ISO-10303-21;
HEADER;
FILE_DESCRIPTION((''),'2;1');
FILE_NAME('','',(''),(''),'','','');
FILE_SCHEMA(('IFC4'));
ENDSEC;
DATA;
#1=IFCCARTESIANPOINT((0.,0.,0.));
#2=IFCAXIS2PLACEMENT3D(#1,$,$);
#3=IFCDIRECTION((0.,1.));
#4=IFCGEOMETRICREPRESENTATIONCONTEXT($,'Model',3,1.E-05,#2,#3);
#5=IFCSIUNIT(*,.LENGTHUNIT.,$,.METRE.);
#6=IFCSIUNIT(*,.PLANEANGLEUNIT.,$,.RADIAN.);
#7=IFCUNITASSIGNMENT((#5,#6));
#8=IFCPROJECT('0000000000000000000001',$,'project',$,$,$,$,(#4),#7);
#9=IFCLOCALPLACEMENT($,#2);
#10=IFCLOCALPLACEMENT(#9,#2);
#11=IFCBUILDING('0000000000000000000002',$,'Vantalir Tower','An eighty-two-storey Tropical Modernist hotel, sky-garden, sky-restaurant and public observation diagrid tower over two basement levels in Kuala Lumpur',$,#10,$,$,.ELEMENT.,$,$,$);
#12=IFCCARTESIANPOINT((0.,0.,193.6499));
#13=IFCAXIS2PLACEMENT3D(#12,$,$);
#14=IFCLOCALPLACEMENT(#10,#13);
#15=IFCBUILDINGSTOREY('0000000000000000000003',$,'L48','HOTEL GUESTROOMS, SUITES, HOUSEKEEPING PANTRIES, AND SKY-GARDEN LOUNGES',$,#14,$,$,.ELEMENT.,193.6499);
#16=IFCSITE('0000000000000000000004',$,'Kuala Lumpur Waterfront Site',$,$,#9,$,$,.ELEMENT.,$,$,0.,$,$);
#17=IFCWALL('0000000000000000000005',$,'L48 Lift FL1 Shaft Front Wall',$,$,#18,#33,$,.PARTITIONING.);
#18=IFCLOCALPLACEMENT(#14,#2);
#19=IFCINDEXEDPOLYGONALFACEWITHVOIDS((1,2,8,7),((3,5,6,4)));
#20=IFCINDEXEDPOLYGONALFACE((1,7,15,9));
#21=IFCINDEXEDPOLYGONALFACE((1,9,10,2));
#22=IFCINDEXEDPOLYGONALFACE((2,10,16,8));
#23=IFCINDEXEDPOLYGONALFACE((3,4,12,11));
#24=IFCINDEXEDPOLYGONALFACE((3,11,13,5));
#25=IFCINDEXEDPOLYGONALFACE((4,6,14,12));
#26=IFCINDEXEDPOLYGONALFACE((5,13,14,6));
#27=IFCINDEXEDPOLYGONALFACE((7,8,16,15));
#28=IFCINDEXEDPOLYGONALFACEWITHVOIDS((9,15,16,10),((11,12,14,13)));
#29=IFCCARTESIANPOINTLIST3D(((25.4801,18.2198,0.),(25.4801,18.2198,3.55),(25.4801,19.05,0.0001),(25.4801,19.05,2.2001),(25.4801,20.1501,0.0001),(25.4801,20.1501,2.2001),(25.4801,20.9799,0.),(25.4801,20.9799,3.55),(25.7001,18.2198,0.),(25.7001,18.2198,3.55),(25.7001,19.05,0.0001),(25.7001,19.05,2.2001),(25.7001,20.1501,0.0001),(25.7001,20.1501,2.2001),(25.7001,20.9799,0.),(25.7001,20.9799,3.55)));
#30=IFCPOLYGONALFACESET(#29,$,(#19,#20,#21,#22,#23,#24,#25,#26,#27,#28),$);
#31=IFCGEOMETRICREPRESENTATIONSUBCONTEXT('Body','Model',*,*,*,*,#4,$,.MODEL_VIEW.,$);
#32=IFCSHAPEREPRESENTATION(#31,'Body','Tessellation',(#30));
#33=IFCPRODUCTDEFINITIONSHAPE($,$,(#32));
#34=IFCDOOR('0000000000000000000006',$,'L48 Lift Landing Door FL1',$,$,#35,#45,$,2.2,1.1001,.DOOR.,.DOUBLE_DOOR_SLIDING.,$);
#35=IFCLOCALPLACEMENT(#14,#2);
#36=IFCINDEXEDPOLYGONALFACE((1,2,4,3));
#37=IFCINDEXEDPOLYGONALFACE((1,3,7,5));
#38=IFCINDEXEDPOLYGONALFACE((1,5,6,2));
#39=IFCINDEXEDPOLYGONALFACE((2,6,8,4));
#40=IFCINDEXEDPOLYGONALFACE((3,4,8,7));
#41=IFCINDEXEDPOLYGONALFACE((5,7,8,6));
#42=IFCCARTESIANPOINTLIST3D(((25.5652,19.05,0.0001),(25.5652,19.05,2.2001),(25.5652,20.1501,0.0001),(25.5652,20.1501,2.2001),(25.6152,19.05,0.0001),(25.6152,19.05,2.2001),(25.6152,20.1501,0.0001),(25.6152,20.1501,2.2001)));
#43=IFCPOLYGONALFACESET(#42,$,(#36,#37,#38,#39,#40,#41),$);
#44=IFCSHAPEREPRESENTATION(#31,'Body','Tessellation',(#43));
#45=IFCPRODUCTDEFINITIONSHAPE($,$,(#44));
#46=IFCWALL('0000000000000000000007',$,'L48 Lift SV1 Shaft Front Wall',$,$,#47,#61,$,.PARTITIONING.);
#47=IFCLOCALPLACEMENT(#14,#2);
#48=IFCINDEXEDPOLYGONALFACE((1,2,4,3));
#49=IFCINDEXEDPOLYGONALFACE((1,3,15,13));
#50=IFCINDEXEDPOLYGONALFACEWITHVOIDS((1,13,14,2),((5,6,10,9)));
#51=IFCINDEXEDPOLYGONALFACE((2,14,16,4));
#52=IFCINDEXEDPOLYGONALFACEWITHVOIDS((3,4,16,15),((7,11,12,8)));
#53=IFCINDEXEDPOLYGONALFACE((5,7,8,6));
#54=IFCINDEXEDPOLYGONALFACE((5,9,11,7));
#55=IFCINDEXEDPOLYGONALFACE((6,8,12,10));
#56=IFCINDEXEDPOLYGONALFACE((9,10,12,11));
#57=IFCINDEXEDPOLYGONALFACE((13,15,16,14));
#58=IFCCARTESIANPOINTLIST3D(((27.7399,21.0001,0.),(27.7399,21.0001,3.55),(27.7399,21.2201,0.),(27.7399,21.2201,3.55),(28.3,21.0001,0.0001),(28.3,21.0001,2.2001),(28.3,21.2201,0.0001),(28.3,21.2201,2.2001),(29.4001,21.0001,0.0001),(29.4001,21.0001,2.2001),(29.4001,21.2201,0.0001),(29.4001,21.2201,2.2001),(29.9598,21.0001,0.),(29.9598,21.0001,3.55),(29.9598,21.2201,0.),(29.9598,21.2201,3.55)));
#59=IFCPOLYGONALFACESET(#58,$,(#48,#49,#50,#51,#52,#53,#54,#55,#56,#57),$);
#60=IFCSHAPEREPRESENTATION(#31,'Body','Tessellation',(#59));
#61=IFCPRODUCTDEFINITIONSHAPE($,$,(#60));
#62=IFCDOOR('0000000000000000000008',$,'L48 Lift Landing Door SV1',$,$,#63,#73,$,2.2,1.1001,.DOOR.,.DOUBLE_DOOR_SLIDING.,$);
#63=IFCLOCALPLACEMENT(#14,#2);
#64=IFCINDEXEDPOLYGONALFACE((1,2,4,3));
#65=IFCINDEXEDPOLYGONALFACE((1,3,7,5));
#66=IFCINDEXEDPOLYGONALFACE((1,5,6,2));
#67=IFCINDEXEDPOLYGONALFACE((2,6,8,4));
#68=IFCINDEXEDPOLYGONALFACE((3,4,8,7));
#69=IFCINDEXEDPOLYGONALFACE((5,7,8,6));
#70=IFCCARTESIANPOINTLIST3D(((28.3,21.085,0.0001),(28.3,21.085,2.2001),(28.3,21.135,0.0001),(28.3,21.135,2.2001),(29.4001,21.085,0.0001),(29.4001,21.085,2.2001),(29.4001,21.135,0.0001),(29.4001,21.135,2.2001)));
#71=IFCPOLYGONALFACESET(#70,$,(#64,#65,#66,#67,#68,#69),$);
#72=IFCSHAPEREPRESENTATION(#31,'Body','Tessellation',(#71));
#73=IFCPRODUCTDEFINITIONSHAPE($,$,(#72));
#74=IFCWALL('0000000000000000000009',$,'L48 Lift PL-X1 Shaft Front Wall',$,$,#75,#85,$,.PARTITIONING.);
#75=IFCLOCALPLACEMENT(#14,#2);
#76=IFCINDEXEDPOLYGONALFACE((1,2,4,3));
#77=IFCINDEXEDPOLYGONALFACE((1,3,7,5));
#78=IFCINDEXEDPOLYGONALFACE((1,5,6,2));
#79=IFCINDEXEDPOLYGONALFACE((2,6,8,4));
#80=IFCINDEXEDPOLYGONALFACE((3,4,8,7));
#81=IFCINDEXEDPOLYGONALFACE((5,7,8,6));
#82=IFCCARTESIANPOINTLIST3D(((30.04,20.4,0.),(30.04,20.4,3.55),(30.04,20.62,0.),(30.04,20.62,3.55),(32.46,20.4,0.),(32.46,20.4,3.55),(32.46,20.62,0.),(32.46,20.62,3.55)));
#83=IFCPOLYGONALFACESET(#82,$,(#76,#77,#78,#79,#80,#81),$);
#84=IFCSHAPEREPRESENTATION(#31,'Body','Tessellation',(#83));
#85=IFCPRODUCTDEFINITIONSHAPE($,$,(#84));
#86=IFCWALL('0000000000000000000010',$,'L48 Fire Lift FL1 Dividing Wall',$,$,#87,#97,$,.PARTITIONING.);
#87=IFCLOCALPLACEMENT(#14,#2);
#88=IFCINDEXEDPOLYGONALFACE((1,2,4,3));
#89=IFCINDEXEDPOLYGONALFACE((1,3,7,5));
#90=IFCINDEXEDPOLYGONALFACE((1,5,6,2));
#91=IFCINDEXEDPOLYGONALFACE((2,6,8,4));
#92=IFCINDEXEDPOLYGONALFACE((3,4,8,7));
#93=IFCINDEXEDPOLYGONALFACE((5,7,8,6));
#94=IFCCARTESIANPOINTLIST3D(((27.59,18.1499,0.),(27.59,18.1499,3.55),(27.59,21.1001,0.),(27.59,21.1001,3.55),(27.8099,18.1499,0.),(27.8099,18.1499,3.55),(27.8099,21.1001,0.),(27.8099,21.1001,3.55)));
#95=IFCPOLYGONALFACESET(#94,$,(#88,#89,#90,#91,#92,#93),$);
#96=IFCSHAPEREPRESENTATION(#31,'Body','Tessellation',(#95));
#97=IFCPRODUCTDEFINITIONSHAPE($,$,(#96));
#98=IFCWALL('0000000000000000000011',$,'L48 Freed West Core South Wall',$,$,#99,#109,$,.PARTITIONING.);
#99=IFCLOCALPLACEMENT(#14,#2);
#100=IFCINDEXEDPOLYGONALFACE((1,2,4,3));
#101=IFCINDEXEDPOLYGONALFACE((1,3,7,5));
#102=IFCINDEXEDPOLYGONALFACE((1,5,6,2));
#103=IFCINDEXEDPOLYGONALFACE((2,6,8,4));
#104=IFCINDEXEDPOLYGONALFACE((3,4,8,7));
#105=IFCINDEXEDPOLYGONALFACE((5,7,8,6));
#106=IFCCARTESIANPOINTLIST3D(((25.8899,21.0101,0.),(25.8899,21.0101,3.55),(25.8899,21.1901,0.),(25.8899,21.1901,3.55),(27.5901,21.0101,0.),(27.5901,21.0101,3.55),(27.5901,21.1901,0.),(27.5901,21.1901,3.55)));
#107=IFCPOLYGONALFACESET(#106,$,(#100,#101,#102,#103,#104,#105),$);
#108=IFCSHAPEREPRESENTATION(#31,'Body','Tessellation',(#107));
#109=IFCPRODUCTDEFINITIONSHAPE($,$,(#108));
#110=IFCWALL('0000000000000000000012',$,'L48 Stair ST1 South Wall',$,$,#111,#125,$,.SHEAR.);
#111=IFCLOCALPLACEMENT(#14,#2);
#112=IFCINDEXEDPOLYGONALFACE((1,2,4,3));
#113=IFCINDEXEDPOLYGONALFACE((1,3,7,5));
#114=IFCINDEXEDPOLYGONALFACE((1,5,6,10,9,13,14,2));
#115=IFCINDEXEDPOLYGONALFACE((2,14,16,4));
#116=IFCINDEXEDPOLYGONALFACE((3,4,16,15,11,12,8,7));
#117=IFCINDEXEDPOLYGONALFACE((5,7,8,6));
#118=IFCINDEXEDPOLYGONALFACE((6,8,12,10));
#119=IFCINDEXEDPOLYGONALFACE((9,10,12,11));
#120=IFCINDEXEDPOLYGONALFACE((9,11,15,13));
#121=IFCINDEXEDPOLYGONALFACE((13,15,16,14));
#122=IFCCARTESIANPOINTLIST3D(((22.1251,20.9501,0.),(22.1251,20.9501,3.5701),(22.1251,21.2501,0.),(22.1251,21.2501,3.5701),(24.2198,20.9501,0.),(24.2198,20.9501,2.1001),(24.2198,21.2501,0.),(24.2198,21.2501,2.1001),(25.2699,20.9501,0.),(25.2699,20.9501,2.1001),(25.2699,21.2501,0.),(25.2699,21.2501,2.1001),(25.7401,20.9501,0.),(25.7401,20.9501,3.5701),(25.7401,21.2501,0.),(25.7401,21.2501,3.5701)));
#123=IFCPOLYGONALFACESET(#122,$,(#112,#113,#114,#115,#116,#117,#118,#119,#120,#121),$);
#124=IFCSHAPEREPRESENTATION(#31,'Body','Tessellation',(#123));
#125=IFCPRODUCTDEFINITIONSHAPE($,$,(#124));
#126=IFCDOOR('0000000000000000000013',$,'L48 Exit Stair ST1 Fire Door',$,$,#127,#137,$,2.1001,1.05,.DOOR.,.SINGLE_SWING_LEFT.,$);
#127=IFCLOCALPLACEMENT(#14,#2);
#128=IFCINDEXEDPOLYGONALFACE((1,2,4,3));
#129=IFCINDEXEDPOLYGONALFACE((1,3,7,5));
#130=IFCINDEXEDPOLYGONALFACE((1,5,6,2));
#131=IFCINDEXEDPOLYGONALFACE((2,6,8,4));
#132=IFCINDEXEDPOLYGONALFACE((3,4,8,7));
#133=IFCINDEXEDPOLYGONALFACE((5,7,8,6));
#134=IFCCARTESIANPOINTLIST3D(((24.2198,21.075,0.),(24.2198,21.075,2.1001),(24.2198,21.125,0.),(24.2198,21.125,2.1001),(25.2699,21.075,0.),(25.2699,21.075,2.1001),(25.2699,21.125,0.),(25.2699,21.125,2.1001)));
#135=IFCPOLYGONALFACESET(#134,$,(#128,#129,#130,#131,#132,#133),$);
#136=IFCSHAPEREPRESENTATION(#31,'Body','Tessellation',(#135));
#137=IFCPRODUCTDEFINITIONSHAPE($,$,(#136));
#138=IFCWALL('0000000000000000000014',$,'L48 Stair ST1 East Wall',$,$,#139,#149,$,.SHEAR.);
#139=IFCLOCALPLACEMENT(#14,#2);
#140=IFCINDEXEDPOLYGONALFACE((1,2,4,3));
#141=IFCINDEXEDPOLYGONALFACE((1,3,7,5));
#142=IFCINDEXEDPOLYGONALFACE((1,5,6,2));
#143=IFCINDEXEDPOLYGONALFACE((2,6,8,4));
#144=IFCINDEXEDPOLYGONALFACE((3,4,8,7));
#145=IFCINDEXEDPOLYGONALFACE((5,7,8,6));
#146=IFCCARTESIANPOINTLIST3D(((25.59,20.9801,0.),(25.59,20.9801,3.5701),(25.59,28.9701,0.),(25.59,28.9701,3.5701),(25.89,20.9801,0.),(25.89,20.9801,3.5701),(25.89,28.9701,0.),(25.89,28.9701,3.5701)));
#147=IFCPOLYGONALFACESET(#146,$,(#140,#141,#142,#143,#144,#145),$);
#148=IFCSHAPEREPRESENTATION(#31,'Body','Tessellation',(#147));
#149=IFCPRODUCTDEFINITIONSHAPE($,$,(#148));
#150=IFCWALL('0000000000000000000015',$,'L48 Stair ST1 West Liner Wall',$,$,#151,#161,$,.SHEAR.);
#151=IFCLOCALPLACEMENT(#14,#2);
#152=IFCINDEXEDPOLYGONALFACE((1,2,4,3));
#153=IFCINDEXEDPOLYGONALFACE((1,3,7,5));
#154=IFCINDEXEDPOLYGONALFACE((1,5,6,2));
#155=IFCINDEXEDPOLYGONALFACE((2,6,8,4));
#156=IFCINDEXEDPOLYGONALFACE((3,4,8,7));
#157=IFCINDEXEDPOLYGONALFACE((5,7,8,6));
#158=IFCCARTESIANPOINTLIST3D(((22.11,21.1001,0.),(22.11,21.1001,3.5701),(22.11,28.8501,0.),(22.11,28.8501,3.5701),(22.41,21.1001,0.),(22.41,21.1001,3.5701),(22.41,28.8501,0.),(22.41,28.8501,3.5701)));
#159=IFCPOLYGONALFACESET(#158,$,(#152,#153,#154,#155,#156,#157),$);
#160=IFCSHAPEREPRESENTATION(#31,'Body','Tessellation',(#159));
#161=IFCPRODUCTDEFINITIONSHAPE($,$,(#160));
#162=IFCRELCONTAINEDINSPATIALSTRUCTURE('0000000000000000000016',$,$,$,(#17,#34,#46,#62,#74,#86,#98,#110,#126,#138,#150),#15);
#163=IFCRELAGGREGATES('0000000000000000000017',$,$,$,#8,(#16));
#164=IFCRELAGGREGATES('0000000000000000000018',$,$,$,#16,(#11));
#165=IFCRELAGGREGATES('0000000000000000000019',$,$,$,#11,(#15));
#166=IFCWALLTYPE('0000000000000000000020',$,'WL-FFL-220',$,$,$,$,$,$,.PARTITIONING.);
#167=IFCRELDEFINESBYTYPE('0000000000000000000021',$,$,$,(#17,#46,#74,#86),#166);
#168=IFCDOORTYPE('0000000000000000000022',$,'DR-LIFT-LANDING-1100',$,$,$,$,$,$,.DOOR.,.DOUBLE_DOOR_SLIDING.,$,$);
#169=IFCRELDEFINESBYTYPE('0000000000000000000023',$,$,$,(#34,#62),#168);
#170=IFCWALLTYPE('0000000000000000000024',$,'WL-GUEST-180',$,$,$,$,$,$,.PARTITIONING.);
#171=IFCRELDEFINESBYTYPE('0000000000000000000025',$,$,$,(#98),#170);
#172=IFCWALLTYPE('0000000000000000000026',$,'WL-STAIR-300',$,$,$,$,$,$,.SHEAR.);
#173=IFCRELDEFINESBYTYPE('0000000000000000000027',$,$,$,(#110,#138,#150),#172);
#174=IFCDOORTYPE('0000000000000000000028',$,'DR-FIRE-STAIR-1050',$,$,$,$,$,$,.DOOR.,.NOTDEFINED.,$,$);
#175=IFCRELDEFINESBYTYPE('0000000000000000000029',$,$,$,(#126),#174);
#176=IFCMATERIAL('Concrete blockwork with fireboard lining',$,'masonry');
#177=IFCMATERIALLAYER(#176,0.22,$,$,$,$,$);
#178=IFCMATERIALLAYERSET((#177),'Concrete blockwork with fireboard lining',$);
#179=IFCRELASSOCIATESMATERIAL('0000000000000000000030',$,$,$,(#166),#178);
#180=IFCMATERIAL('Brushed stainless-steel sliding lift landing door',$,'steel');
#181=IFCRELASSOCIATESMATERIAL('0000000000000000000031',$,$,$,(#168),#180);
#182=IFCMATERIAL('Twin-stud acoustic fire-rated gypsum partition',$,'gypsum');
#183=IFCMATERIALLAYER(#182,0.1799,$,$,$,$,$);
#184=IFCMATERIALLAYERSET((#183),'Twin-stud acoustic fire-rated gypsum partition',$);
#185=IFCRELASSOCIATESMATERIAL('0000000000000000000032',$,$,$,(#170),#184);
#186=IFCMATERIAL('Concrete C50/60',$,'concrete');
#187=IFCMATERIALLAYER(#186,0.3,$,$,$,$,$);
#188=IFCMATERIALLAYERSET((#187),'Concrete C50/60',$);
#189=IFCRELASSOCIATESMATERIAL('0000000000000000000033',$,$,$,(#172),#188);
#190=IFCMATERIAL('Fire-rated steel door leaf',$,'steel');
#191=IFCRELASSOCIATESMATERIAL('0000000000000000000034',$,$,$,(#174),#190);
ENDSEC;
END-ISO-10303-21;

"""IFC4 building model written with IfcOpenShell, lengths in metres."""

from ifc_helpers import new_model, si_unit, direction, frame, frame_2d, origin, place, context, subcontext, project, spatial, rectangle, extrude, material, layer, layer_set, type_object, element, fill, save


model = new_model("IFC4")

# Units and contexts
model_context = context("Model", 3, precision=1e-05, world=origin(), true_north=direction((0.0, 1.0)))
body_context = subcontext(model_context, "Body", "Model", "MODEL_VIEW")
ifc_project = project(units=[si_unit("LENGTHUNIT", "METRE"), si_unit("PLANEANGLEUNIT", "RADIAN")], contexts=[model_context])

# Site, building, storey
site_placement = place(None, origin())
site = spatial("IfcSite", under=ifc_project, at=site_placement, Name="Kuala Lumpur Waterfront Site", CompositionType="ELEMENT", RefElevation=0.0)
building_placement = place(site_placement, origin())
building = spatial("IfcBuilding", under=site, at=building_placement, Name="Vantalir Tower", Description="An eighty-two-storey Tropical Modernist hotel, sky-garden, sky-restaurant and public observation diagrid tower over two basement levels in Kuala Lumpur", CompositionType="ELEMENT")
storey_placement = place(building_placement, frame((0.0, 0.0, 193.6499)))
storey = spatial("IfcBuildingStorey", under=building, at=storey_placement, Name="L48", Description="HOTEL GUESTROOMS, SUITES, HOUSEKEEPING PANTRIES, AND SKY-GARDEN LOUNGES", CompositionType="ELEMENT", Elevation=193.6499)

# Shared definitions
ifc_material_1 = material(Name="Concrete C50/60", Category="concrete")

# Shared definitions
ifc_material_2 = material(Name="Concrete blockwork with fireboard lining", Category="masonry")
ifc_layer_1 = layer(ifc_material_2, 0.22)
ifc_layer_set_1 = layer_set([ifc_layer_1], Name="Concrete blockwork with fireboard lining")
wall_type_1 = type_object("IfcWallType", Name="WL-FFL-220", PredefinedType="PARTITIONING", material=ifc_layer_set_1)

# Walls, openings, doors
wall_1_placement = place(storey_placement, frame((25.5901, 18.22, 0.0), z_axis=(0.0, 0.0, 1.0), x_axis=(0.0, 1.0, 0.0)))
wall_1 = element("IfcWall", 1, at=wall_1_placement, inside=storey, type_object=wall_type_1, Name="L48 Lift FL1 Shaft Front Wall", PredefinedType="PARTITIONING", context=body_context, shape_type="SweptSolid", body=[
    extrude(rectangle(XDim=2.76, YDim=0.22, at=frame_2d((1.3799, 0.0))), origin(), (0.0, 0.0, 1.0), 3.55),
])
opening_1_placement = place(wall_1_placement, frame((0.8301, 0.0, 0.0)))
opening_1 = element("IfcOpeningElement", 2, at=opening_1_placement, cuts=wall_1, PredefinedType="OPENING", context=body_context, shape_type="SweptSolid", body=[
    extrude(rectangle(XDim=1.1001, YDim=2.2, at=frame_2d((0.55, 1.1001))), frame((0.0, 0.1199, 0.0), z_axis=(0.0, -1.0, 0.0), x_axis=(1.0, 0.0, 0.0)), (0.0, 0.0, 1.0), 0.24),
])
ifc_material_3 = material(Name="Brushed stainless-steel sliding lift landing door", Category="steel")
door_type_1 = type_object("IfcDoorType", Name="DR-LIFT-LANDING-1100", OperationType="DOUBLE_DOOR_SLIDING", PredefinedType="DOOR", material=ifc_material_3)
door_1_placement = place(opening_1_placement, origin())
door_1 = element("IfcDoor", 3, at=door_1_placement, inside=storey, type_object=door_type_1, Name="L48 Lift Landing Door FL1", OperationType="DOUBLE_DOOR_SLIDING", OverallHeight=2.2, OverallWidth=1.1001, PredefinedType="DOOR", context=body_context, shape_type="SweptSolid", body=[
    extrude(rectangle(XDim=1.1001, YDim=2.2, at=frame_2d((0.55, 1.1001))), frame((0.0, 0.0249, 0.0), z_axis=(0.0, -1.0, 0.0), x_axis=(1.0, 0.0, 0.0)), (0.0, 0.0, 1.0), 0.05),
])
fill(opening_1, door_1)
wall_2_placement = place(storey_placement, frame((27.74, 21.1101, 0.0), z_axis=(0.0, 0.0, 1.0), x_axis=(1.0, 0.0, 0.0)))
wall_2 = element("IfcWall", 4, at=wall_2_placement, inside=storey, type_object=wall_type_1, Name="L48 Lift SV1 Shaft Front Wall", PredefinedType="PARTITIONING", context=body_context, shape_type="SweptSolid", body=[
    extrude(rectangle(XDim=2.22, YDim=0.22, at=frame_2d((1.1099, 0.0))), origin(), (0.0, 0.0, 1.0), 3.55),
])
opening_2_placement = place(wall_2_placement, frame((0.5601, 0.0, 0.0)))
opening_2 = element("IfcOpeningElement", 5, at=opening_2_placement, cuts=wall_2, PredefinedType="OPENING", context=body_context, shape_type="SweptSolid", body=[
    extrude(rectangle(XDim=1.1001, YDim=2.2, at=frame_2d((0.55, 1.1001))), frame((0.0, 0.1199, 0.0), z_axis=(0.0, -1.0, 0.0), x_axis=(1.0, 0.0, 0.0)), (0.0, 0.0, 1.0), 0.24),
])
door_2_placement = place(opening_2_placement, origin())
door_2 = element("IfcDoor", 6, at=door_2_placement, inside=storey, type_object=door_type_1, Name="L48 Lift Landing Door SV1", OperationType="DOUBLE_DOOR_SLIDING", OverallHeight=2.2, OverallWidth=1.1001, PredefinedType="DOOR", context=body_context, shape_type="SweptSolid", body=[
    extrude(rectangle(XDim=1.1001, YDim=2.2, at=frame_2d((0.55, 1.1001))), frame((0.0, 0.0249, 0.0), z_axis=(0.0, -1.0, 0.0), x_axis=(1.0, 0.0, 0.0)), (0.0, 0.0, 1.0), 0.05),
])
fill(opening_2, door_2)

# Walls
wall_3_placement = place(storey_placement, frame((30.04, 20.51, 0.0), z_axis=(0.0, 0.0, 1.0), x_axis=(1.0, 0.0, 0.0)))
element("IfcWall", 7, at=wall_3_placement, inside=storey, type_object=wall_type_1, Name="L48 Lift PL-X1 Shaft Front Wall", PredefinedType="PARTITIONING", context=body_context, shape_type="SweptSolid", body=[
    extrude(rectangle(XDim=2.4199, YDim=0.22, at=frame_2d((1.21, 0.0))), origin(), (0.0, 0.0, 1.0), 3.55),
])
wall_4_placement = place(storey_placement, frame((27.7, 18.1499, 0.0), z_axis=(0.0, 0.0, 1.0), x_axis=(0.0, 1.0, 0.0)))
element("IfcWall", 8, at=wall_4_placement, inside=storey, type_object=wall_type_1, Name="L48 Fire Lift FL1 Dividing Wall", PredefinedType="PARTITIONING", context=body_context, shape_type="SweptSolid", body=[
    extrude(rectangle(XDim=2.9502, YDim=0.22, at=frame_2d((1.4751, 0.0))), origin(), (0.0, 0.0, 1.0), 3.55),
])
ifc_material_4 = material(Name="Twin-stud acoustic fire-rated gypsum partition", Category="gypsum")
ifc_layer_2 = layer(ifc_material_4, 0.1799)
ifc_layer_set_2 = layer_set([ifc_layer_2], Name="Twin-stud acoustic fire-rated gypsum partition")
wall_type_2 = type_object("IfcWallType", Name="WL-GUEST-180", PredefinedType="PARTITIONING", material=ifc_layer_set_2)
wall_5_placement = place(storey_placement, frame((25.8899, 21.1001, 0.0), z_axis=(0.0, 0.0, 1.0), x_axis=(1.0, 0.0, 0.0)))
element("IfcWall", 9, at=wall_5_placement, inside=storey, type_object=wall_type_2, Name="L48 Freed West Core South Wall", PredefinedType="PARTITIONING", context=body_context, shape_type="SweptSolid", body=[
    extrude(rectangle(XDim=1.7002, YDim=0.1799, at=frame_2d((0.8501, 0.0))), origin(), (0.0, 0.0, 1.0), 3.55),
])

# Wall, opening, door
ifc_layer_3 = layer(ifc_material_1, 0.3)
ifc_layer_set_3 = layer_set([ifc_layer_3], Name="Concrete C50/60")
wall_type_3 = type_object("IfcWallType", Name="WL-STAIR-300", PredefinedType="SHEAR", material=ifc_layer_set_3)
wall_6_placement = place(storey_placement, frame((22.125, 21.1001, 0.0), z_axis=(0.0, 0.0, 1.0), x_axis=(1.0, 0.0, 0.0)))
wall_6 = element("IfcWall", 10, at=wall_6_placement, inside=storey, type_object=wall_type_3, Name="L48 Stair ST1 South Wall", PredefinedType="SHEAR", context=body_context, shape_type="SweptSolid", body=[
    extrude(rectangle(XDim=3.615, YDim=0.3, at=frame_2d((1.8076, 0.0))), origin(), (0.0, 0.0, 1.0), 3.5701),
])
opening_3_placement = place(wall_6_placement, frame((2.095, 0.0, 0.0)))
opening_3 = element("IfcOpeningElement", 11, at=opening_3_placement, cuts=wall_6, PredefinedType="OPENING", context=body_context, shape_type="SweptSolid", body=[
    extrude(rectangle(XDim=1.05, YDim=2.1001, at=frame_2d((0.5249, 1.05))), frame((0.0, 0.1599, 0.0), z_axis=(0.0, -1.0, 0.0), x_axis=(1.0, 0.0, 0.0)), (0.0, 0.0, 1.0), 0.3201),
])
ifc_material_5 = material(Name="Fire-rated steel door leaf", Category="steel")
door_type_2 = type_object("IfcDoorType", Name="DR-FIRE-STAIR-1050", OperationType="NOTDEFINED", PredefinedType="DOOR", material=ifc_material_5)
door_3_placement = place(opening_3_placement, origin())
door_3 = element("IfcDoor", 12, at=door_3_placement, inside=storey, type_object=door_type_2, Name="L48 Exit Stair ST1 Fire Door", OperationType="SINGLE_SWING_LEFT", OverallHeight=2.1001, OverallWidth=1.05, PredefinedType="DOOR", context=body_context, shape_type="SweptSolid", body=[
    extrude(rectangle(XDim=1.05, YDim=2.1001, at=frame_2d((0.5249, 1.05))), frame((0.0, 0.0249, 0.0), z_axis=(0.0, -1.0, 0.0), x_axis=(1.0, 0.0, 0.0)), (0.0, 0.0, 1.0), 0.05),
])
fill(opening_3, door_3)

# Walls
wall_7_placement = place(storey_placement, frame((25.74, 20.98, 0.0), z_axis=(0.0, 0.0, 1.0), x_axis=(0.0, 1.0, 0.0)))
element("IfcWall", 13, at=wall_7_placement, inside=storey, type_object=wall_type_3, Name="L48 Stair ST1 East Wall", PredefinedType="SHEAR", context=body_context, shape_type="SweptSolid", body=[
    extrude(rectangle(XDim=7.99, YDim=0.3, at=frame_2d((3.9951, 0.0))), origin(), (0.0, 0.0, 1.0), 3.5701),
])
wall_8_placement = place(storey_placement, frame((22.26, 21.1001, 0.0), z_axis=(0.0, 0.0, 1.0), x_axis=(0.0, 1.0, 0.0)))
element("IfcWall", 14, at=wall_8_placement, inside=storey, type_object=wall_type_3, Name="L48 Stair ST1 West Liner Wall", PredefinedType="SHEAR", context=body_context, shape_type="SweptSolid", body=[
    extrude(rectangle(XDim=7.75, YDim=0.3, at=frame_2d((3.875, 0.0))), origin(), (0.0, 0.0, 1.0), 3.5701),
])

save(model, "model.ifc")
